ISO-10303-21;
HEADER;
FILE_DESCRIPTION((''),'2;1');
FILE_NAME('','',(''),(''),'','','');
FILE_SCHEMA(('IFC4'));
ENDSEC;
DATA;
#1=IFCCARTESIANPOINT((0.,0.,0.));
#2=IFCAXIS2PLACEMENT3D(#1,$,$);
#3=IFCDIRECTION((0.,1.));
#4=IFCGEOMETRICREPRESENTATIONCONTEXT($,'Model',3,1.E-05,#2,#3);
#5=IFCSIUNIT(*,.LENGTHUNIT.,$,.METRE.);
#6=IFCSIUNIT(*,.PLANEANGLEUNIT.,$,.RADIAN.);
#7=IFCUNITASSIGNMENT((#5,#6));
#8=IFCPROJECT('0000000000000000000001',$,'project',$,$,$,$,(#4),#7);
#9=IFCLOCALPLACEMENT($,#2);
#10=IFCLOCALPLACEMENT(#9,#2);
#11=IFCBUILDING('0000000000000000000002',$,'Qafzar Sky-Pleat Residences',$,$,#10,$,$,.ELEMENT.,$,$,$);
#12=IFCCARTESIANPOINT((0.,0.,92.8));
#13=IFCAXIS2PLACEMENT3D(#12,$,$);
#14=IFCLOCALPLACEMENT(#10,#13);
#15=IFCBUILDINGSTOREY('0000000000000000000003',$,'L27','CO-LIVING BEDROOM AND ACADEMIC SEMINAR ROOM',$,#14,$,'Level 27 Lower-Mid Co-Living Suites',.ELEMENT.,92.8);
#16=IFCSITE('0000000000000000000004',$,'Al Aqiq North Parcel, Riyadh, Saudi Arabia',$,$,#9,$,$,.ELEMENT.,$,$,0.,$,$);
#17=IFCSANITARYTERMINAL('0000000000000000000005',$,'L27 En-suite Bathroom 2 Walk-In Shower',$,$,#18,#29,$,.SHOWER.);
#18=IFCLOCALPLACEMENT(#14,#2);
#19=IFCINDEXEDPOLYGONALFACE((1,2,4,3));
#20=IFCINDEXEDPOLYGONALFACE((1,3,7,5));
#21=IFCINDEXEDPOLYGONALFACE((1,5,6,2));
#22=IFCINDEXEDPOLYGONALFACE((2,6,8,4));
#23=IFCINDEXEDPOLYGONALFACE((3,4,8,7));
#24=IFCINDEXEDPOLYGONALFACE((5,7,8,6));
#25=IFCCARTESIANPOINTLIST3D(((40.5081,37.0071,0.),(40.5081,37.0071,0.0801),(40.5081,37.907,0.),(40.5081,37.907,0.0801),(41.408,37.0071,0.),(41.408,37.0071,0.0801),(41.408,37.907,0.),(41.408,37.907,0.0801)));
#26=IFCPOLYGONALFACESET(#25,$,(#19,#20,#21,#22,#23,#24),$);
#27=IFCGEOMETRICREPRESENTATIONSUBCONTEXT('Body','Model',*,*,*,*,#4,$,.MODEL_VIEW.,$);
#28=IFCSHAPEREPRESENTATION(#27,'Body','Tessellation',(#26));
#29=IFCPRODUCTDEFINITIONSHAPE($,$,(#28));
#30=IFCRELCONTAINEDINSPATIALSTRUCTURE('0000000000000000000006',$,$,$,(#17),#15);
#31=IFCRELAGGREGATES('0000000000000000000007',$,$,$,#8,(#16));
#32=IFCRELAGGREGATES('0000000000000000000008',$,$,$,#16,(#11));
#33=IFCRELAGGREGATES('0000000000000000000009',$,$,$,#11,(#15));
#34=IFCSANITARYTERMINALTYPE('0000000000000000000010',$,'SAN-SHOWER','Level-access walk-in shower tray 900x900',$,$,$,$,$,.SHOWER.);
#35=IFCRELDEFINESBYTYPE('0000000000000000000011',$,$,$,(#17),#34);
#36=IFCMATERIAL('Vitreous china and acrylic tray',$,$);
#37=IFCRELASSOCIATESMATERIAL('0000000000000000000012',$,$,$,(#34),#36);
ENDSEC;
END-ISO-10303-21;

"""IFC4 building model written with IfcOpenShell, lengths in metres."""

from ifc_helpers import new_model, si_unit, direction, frame, origin, origin_2d, place, context, subcontext, project, spatial, rectangle, extrude, source, transform, mapped, material, type_object, element, save


model = new_model("IFC4")

# Units and contexts
model_context = context("Model", 3, precision=1e-05, world=origin(), true_north=direction((0.0, 1.0)))
body_context = subcontext(model_context, "Body", "Model", "MODEL_VIEW")
ifc_project = project(units=[si_unit("LENGTHUNIT", "METRE"), si_unit("PLANEANGLEUNIT", "RADIAN")], contexts=[model_context])

# Site, building, storey
site_placement = place(None, origin())
site = spatial("IfcSite", under=ifc_project, at=site_placement, Name="Al Aqiq North Parcel, Riyadh, Saudi Arabia", CompositionType="ELEMENT", RefElevation=0.0)
building_placement = place(site_placement, origin())
building = spatial("IfcBuilding", under=site, at=building_placement, Name="Qafzar Sky-Pleat Residences", CompositionType="ELEMENT")
storey_placement = place(building_placement, frame((0.0, 0.0, 92.8)))
storey = spatial("IfcBuildingStorey", under=building, at=storey_placement, Name="L27", Description="CO-LIVING BEDROOM AND ACADEMIC SEMINAR ROOM", LongName="Level 27 Lower-Mid Co-Living Suites", CompositionType="ELEMENT", Elevation=92.8)

# Sanitary terminal
ifc_material_1 = material(Name="Vitreous china and acrylic tray")
sanitary_terminal_type_1 = type_object("IfcSanitaryTerminalType", Name="SAN-SHOWER", Description="Level-access walk-in shower tray 900x900", PredefinedType="SHOWER", material=ifc_material_1)
shared_shape_1 = source(origin(), body_context, "Body", "SweptSolid", [
    extrude(rectangle(XDim=0.8999, YDim=0.8999, at=origin_2d()), origin(), (0.0, 0.0, 1.0), 0.0801),
])
sanitary_terminal_1_placement = place(storey_placement, frame((40.958, 37.457, 0.0), z_axis=(0.0, 0.0, 1.0), x_axis=(1.0, 0.0, 0.0)))
element("IfcSanitaryTerminal", 1, at=sanitary_terminal_1_placement, inside=storey, type_object=sanitary_terminal_type_1, Name="L27 En-suite Bathroom 2 Walk-In Shower", PredefinedType="SHOWER", context=body_context, shape_type="MappedRepresentation", body=[
    mapped(shared_shape_1, transform((0.0, 0.0, 0.0), x_axis=(1.0, 0.0, 0.0), y_axis=(0.0, 1.0, 0.0), z_axis=(0.0, 0.0, 1.0), scale=1.0)),
])

save(model, "model.ifc")
